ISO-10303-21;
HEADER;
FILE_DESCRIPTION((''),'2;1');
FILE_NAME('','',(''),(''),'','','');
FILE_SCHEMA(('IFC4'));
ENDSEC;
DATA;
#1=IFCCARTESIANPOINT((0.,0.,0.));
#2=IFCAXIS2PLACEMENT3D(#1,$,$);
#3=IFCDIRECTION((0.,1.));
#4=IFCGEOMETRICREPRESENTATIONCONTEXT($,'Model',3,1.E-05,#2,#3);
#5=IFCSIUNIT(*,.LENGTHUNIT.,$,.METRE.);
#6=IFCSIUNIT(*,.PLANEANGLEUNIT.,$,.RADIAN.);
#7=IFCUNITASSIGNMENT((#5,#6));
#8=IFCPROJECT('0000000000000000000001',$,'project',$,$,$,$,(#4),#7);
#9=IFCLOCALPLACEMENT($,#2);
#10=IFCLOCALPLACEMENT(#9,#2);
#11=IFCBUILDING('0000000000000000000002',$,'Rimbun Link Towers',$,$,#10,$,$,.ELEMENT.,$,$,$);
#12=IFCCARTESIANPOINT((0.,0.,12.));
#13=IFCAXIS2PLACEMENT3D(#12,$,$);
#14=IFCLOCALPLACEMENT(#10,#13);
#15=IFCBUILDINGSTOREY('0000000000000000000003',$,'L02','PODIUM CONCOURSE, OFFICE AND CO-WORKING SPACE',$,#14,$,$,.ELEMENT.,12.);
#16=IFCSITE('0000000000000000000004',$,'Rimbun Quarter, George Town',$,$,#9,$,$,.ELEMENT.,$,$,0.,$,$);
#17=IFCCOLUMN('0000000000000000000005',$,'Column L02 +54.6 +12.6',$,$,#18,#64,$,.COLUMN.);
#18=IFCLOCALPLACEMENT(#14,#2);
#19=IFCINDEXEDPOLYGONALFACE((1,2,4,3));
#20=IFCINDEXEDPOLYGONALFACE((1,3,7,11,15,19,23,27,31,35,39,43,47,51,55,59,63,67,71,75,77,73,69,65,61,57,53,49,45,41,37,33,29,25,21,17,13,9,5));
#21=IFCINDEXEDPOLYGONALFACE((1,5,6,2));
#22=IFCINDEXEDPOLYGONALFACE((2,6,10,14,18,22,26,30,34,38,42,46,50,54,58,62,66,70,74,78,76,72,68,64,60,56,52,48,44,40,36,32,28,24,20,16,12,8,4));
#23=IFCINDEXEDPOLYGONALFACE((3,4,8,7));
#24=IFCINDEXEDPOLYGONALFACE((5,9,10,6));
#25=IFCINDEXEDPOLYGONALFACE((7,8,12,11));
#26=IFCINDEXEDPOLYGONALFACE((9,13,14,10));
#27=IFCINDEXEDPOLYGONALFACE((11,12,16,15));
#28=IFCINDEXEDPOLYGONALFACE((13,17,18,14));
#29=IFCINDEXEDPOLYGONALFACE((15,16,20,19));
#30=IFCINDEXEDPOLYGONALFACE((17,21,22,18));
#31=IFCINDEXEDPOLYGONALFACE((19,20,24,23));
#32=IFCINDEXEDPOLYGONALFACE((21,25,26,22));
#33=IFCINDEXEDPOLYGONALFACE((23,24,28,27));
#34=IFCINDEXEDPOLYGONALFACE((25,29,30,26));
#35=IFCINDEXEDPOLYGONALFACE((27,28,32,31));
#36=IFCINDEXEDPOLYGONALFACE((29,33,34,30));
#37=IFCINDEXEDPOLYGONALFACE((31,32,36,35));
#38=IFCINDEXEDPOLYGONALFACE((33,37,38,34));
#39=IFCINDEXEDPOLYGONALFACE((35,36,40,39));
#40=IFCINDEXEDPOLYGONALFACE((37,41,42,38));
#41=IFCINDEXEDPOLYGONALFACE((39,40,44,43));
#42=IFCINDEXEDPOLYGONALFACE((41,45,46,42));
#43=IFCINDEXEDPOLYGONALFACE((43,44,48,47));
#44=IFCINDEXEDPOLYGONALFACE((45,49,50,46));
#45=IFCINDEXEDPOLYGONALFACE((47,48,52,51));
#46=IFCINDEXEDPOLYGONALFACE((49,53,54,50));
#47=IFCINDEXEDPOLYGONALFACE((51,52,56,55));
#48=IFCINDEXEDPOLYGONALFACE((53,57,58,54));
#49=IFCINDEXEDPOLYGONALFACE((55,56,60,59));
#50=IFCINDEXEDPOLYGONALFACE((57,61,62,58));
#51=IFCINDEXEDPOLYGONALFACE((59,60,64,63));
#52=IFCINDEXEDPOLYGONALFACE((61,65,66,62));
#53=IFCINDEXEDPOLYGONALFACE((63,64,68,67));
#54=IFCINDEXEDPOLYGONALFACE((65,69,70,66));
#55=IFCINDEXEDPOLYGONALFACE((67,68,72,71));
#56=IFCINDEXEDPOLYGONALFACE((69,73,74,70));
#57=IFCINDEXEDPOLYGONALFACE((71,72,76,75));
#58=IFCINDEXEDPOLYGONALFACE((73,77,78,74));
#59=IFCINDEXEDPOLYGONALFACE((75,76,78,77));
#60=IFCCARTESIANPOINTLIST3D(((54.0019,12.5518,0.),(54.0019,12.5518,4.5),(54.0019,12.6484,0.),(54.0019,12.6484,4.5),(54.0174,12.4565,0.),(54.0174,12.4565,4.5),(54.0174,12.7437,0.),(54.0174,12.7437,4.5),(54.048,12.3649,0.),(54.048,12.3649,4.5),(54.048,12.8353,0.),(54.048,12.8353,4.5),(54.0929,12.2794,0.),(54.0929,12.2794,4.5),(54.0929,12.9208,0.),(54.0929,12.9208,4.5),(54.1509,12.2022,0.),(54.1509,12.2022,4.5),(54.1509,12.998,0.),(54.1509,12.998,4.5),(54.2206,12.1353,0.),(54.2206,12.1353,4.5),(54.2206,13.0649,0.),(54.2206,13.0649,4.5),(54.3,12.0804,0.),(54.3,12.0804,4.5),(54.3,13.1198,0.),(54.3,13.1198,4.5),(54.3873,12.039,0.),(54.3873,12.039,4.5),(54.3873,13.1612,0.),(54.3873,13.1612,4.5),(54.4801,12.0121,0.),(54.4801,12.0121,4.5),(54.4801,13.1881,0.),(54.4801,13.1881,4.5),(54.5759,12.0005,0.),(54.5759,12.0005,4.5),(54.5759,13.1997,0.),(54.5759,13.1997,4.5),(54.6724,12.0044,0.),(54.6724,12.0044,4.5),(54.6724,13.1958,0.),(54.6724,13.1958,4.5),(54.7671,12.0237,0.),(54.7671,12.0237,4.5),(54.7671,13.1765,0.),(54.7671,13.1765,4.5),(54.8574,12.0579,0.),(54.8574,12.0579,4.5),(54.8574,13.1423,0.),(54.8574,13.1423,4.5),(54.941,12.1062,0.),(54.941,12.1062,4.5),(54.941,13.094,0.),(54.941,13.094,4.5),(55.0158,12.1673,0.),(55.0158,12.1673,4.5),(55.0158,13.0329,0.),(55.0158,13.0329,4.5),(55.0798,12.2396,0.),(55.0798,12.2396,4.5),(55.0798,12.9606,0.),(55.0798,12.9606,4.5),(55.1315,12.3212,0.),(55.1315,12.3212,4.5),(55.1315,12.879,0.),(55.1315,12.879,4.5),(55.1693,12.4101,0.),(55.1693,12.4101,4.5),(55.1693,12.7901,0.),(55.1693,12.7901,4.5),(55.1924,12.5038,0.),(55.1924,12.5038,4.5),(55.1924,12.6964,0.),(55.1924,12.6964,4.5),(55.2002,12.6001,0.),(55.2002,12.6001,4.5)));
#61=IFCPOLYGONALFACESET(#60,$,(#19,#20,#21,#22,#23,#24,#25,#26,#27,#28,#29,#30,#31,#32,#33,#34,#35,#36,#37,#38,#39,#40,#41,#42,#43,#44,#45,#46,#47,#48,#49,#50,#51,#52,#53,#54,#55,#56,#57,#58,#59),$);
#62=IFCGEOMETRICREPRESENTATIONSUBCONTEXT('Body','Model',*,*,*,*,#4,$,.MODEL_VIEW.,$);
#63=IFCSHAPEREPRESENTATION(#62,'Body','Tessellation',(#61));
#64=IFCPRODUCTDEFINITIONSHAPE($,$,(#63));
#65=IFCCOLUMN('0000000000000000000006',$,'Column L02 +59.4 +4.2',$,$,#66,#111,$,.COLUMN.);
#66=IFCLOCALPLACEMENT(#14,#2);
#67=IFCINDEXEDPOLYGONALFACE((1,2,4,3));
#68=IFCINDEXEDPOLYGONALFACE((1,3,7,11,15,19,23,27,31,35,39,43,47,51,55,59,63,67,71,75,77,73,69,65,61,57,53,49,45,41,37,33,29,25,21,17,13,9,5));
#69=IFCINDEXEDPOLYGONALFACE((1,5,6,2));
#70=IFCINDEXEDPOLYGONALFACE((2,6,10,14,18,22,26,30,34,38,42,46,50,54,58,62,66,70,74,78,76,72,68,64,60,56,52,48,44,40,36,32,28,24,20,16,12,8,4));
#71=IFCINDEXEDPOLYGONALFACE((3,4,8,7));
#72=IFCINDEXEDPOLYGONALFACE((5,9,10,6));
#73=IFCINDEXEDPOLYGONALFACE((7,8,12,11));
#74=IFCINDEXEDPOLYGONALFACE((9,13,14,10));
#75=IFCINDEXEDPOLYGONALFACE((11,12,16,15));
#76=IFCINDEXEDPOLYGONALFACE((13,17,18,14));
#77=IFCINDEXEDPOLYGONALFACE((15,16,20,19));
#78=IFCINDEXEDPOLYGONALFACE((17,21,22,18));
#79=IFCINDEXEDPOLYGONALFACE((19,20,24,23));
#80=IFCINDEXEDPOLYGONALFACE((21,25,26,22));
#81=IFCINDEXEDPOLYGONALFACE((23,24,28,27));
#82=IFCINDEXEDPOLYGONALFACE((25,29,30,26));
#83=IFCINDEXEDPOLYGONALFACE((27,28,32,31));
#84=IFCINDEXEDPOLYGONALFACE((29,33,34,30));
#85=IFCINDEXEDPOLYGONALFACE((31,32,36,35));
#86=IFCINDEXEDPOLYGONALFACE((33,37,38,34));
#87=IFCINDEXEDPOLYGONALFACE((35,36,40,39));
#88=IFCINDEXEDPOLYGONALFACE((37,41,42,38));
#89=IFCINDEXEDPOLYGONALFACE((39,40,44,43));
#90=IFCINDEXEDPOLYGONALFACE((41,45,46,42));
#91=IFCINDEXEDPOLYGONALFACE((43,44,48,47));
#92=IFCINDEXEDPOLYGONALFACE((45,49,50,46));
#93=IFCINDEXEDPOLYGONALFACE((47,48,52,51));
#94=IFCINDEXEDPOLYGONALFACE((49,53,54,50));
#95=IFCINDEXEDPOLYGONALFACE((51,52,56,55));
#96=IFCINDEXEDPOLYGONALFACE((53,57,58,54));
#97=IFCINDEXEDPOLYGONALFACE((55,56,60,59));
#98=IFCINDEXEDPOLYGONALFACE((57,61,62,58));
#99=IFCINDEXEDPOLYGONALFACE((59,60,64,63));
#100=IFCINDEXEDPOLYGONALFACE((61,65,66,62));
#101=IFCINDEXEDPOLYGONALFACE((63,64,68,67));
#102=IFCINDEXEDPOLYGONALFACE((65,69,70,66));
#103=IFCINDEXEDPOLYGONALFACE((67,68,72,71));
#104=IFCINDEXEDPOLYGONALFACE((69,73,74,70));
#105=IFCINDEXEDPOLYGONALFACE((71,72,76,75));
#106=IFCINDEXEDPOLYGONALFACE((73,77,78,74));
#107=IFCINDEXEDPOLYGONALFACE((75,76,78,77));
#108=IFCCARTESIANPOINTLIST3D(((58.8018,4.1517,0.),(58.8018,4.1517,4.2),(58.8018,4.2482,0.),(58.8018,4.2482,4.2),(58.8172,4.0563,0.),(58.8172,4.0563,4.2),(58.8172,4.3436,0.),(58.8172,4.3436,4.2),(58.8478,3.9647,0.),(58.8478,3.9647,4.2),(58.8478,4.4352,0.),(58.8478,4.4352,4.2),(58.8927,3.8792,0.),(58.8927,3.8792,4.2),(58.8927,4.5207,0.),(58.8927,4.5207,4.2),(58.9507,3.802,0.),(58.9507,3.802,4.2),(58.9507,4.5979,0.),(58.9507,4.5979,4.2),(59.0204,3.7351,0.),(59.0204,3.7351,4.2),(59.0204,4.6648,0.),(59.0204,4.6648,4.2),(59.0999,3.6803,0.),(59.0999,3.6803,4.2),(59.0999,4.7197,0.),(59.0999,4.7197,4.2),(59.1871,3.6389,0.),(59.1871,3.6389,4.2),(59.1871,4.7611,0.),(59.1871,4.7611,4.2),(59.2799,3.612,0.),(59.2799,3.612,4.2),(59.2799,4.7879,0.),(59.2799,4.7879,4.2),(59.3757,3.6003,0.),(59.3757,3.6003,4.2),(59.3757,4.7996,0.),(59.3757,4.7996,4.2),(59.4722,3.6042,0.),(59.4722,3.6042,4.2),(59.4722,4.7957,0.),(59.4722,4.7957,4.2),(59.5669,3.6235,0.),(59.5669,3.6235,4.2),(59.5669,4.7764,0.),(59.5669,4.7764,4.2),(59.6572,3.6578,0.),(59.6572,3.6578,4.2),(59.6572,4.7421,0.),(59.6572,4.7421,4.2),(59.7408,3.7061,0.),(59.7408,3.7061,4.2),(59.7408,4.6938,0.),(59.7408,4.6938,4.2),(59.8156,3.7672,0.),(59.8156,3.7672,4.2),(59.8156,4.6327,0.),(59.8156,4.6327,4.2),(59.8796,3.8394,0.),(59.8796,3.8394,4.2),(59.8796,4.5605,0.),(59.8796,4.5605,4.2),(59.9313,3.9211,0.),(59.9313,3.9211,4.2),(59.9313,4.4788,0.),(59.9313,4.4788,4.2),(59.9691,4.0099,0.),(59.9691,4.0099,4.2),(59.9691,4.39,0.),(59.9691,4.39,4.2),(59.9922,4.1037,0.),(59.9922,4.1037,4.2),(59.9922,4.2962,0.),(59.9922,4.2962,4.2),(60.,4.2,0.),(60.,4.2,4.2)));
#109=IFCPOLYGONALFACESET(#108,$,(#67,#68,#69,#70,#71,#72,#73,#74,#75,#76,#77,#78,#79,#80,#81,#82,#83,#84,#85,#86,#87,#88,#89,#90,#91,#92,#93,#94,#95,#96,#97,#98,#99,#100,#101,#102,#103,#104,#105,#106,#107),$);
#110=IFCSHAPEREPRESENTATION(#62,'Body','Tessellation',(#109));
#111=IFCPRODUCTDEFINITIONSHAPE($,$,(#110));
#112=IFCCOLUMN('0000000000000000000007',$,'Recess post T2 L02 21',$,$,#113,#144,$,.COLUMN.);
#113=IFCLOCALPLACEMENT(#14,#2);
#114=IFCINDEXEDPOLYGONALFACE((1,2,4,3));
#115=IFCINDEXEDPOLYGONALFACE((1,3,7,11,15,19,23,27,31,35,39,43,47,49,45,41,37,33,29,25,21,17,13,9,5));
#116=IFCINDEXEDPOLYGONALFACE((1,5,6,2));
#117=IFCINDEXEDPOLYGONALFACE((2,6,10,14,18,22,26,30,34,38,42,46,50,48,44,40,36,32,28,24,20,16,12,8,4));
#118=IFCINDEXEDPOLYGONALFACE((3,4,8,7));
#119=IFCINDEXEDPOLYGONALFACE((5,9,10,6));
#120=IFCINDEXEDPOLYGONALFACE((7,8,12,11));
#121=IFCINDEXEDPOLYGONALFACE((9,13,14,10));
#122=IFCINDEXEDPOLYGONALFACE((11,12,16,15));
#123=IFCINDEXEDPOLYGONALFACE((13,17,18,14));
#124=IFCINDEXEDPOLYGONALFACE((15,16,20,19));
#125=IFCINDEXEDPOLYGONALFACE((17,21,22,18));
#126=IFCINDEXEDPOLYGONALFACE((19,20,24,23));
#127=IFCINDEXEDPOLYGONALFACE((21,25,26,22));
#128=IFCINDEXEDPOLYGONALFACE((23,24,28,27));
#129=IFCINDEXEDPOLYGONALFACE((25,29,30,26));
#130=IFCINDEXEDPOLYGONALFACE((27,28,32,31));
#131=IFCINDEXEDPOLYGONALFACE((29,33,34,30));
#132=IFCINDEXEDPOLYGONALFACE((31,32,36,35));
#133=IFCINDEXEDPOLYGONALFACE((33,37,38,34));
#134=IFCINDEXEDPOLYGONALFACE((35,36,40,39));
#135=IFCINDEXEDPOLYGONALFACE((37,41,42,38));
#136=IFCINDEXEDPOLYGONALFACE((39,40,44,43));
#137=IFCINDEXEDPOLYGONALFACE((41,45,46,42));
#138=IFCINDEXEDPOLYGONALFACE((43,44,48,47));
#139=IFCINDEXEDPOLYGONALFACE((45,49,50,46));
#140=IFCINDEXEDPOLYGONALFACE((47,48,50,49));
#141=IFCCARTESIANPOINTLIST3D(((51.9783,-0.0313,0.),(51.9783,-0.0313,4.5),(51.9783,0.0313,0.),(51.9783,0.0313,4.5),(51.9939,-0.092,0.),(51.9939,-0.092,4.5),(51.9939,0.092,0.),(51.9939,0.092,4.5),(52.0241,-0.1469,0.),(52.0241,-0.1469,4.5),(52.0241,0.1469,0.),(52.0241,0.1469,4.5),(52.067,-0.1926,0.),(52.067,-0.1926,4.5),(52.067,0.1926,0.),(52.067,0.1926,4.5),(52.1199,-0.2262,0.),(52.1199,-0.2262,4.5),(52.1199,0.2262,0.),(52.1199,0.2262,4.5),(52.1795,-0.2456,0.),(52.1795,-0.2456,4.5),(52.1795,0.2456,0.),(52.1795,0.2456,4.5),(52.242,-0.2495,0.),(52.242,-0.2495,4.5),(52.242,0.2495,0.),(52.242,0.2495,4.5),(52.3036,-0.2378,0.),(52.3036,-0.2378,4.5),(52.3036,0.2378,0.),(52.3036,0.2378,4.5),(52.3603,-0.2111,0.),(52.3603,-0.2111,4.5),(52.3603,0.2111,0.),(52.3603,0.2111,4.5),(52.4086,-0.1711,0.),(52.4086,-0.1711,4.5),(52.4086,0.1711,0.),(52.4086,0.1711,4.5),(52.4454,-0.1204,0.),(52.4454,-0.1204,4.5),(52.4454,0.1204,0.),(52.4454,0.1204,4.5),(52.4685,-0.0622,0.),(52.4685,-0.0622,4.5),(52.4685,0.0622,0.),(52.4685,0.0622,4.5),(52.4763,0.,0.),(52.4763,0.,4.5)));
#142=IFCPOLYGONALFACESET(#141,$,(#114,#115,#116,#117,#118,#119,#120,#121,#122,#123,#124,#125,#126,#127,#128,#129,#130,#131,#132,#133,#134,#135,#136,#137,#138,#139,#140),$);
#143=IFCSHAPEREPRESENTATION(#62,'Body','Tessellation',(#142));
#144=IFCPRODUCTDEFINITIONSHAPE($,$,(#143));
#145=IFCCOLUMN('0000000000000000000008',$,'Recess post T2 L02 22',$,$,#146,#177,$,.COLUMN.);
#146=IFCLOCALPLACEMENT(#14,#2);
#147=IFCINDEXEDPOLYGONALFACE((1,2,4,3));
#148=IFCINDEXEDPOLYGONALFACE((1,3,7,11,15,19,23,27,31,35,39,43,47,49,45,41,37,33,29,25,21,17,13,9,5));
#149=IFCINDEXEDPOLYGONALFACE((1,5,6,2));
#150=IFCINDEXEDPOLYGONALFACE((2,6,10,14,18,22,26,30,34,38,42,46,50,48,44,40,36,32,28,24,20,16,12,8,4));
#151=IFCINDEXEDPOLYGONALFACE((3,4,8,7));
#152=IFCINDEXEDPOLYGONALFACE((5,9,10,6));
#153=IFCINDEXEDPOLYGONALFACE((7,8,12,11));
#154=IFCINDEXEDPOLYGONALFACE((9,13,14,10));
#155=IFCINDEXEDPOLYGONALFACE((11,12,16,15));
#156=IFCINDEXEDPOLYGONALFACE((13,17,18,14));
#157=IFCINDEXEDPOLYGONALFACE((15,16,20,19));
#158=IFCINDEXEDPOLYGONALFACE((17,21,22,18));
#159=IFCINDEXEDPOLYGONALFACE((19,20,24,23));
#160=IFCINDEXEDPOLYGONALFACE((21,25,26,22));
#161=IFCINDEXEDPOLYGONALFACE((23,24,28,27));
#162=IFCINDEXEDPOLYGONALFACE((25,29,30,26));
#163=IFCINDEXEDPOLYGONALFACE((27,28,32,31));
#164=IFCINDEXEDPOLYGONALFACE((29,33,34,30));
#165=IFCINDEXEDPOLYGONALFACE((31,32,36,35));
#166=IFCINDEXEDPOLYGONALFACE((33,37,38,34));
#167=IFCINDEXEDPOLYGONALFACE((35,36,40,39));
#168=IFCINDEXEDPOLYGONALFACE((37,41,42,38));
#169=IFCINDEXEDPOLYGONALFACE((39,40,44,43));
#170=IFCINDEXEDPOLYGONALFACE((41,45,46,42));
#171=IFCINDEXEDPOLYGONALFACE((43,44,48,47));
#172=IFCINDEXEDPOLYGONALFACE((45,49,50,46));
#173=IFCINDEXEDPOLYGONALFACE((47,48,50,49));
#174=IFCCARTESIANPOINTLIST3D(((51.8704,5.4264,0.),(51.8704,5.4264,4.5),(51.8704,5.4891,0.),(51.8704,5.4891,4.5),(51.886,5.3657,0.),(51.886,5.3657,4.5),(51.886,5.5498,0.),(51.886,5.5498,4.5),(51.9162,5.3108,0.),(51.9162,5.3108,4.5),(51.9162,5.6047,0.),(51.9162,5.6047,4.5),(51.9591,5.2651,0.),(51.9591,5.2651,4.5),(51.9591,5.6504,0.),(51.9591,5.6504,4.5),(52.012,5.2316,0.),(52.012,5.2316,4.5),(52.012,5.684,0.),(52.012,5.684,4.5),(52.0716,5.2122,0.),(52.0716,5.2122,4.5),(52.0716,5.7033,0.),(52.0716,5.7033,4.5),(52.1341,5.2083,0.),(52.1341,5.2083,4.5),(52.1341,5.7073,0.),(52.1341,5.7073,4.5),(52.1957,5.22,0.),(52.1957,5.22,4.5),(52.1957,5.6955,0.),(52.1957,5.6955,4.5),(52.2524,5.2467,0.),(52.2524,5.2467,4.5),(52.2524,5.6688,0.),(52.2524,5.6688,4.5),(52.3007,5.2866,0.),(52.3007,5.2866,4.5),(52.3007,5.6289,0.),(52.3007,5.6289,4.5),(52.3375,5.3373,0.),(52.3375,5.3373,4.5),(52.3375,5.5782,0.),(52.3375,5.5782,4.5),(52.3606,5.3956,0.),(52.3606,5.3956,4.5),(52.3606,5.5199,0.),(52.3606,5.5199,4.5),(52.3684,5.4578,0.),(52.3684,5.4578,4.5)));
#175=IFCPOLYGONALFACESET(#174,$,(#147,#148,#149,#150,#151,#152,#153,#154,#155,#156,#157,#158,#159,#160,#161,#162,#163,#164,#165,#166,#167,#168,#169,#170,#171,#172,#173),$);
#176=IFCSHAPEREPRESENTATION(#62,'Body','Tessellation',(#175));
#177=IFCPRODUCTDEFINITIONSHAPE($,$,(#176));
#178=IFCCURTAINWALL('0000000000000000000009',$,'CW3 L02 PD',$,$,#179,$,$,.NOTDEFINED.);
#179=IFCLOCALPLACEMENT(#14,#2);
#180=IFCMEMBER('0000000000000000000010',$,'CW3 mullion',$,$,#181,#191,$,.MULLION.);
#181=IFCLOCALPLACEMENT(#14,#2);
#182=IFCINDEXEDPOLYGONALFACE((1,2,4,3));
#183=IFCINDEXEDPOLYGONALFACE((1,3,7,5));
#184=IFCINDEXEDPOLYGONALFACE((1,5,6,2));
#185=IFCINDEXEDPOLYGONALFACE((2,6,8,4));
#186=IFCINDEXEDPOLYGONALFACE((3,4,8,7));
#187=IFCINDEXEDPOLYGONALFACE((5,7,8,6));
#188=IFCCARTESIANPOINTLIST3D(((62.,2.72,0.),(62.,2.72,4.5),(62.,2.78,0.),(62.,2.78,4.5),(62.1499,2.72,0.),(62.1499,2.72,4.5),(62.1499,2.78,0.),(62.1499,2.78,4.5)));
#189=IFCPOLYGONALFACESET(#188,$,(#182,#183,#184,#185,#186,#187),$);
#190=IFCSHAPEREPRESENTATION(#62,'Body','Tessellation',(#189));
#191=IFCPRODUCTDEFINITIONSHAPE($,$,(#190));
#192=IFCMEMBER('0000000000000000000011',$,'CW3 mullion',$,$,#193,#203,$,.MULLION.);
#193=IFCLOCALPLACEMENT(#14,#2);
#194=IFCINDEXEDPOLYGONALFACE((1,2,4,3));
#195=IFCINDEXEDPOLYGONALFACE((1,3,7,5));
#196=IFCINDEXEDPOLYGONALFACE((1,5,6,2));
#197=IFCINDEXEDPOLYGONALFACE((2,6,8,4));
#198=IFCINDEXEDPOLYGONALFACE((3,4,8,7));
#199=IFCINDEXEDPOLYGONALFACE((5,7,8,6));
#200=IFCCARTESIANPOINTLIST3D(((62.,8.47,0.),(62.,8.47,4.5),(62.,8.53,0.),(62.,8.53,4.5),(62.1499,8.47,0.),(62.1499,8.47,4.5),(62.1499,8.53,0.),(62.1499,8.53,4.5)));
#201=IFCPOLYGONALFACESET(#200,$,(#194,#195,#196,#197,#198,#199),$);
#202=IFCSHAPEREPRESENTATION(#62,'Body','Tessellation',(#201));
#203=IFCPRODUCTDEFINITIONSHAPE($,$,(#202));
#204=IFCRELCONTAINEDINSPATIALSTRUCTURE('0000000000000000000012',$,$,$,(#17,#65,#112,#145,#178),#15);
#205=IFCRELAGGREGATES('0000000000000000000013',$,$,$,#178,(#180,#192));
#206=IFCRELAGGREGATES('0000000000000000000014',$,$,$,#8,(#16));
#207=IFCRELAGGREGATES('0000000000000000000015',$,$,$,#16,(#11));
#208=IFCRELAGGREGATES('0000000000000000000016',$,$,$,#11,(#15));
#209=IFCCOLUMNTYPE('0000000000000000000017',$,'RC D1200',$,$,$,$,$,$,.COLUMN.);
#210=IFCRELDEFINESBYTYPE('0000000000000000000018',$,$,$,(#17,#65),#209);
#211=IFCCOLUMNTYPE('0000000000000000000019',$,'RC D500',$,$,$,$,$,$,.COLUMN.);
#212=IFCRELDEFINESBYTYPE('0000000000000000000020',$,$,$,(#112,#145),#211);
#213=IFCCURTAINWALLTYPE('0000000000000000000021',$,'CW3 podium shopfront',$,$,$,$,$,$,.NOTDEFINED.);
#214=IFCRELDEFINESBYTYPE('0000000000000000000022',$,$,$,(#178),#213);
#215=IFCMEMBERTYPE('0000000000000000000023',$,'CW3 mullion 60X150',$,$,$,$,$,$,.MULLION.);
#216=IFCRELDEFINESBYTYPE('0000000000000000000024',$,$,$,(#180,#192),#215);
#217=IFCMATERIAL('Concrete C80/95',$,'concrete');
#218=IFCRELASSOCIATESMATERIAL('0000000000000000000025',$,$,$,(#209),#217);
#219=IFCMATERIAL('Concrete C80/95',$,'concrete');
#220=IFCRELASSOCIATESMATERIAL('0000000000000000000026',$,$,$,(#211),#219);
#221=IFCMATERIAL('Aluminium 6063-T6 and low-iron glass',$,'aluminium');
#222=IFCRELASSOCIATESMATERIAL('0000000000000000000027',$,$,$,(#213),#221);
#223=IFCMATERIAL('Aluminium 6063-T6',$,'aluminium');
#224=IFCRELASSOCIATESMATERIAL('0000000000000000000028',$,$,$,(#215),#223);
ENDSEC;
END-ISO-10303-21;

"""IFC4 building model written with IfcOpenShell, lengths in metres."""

from ifc_helpers import new_model, si_unit, direction, frame, origin, origin_2d, place, context, subcontext, project, spatial, rectangle, circle, extrude, material, material_profile, profile_set, type_object, element, aggregate, save


model = new_model("IFC4")

# Units and contexts
model_context = context("Model", 3, precision=1e-05, world=origin(), true_north=direction((0.0, 1.0)))
body_context = subcontext(model_context, "Body", "Model", "MODEL_VIEW")
ifc_project = project(units=[si_unit("LENGTHUNIT", "METRE"), si_unit("PLANEANGLEUNIT", "RADIAN")], contexts=[model_context])

# Site, building, storey
site_placement = place(None, origin())
site = spatial("IfcSite", under=ifc_project, at=site_placement, Name="Rimbun Quarter, George Town", CompositionType="ELEMENT", RefElevation=0.0)
building_placement = place(site_placement, origin())
building = spatial("IfcBuilding", under=site, at=building_placement, Name="Rimbun Link Towers", CompositionType="ELEMENT")
storey_placement = place(building_placement, frame((0.0, 0.0, 12.0)))
storey = spatial("IfcBuildingStorey", under=building, at=storey_placement, Name="L02", Description="PODIUM CONCOURSE, OFFICE AND CO-WORKING SPACE", CompositionType="ELEMENT", Elevation=12.0)

# Columns
ifc_material_1 = material(Name="Concrete C80/95", Category="concrete")
ifc_material_profile_1 = material_profile(ifc_material_1, circle(Radius=0.6001, at=origin_2d()), Name="RC D1200")
ifc_profile_set_1 = profile_set([ifc_material_profile_1], Name="Concrete C80/95")
column_type_1 = type_object("IfcColumnType", Name="RC D1200", PredefinedType="COLUMN", material=ifc_profile_set_1)
column_1_placement = place(storey_placement, frame((54.6001, 12.6001, 0.0), z_axis=(0.0, 0.0, 1.0), x_axis=(1.0, 0.0, 0.0)))
element("IfcColumn", 1, at=column_1_placement, inside=storey, type_object=column_type_1, Name="Column L02 +54.6 +12.6", PredefinedType="COLUMN", context=body_context, shape_type="SweptSolid", body=[
    extrude(circle(Radius=0.6001, at=origin_2d()), origin(), (0.0, 0.0, 1.0), 4.5),
])
column_2_placement = place(storey_placement, frame((59.3999, 4.2, 0.0), z_axis=(0.0, 0.0, 1.0), x_axis=(1.0, 0.0, 0.0)))
element("IfcColumn", 2, at=column_2_placement, inside=storey, type_object=column_type_1, Name="Column L02 +59.4 +4.2", PredefinedType="COLUMN", context=body_context, shape_type="SweptSolid", body=[
    extrude(circle(Radius=0.6001, at=origin_2d()), origin(), (0.0, 0.0, 1.0), 4.2),
])
ifc_material_2 = material(Name="Concrete C80/95", Category="concrete")
ifc_material_profile_2 = material_profile(ifc_material_2, circle(Radius=0.25, at=origin_2d()), Name="RC D500")
ifc_profile_set_2 = profile_set([ifc_material_profile_2], Name="Concrete C80/95")
column_type_2 = type_object("IfcColumnType", Name="RC D500", PredefinedType="COLUMN", material=ifc_profile_set_2)
for number, where, z_axis, x_axis, name in (
    (3, (52.2263, 0.0, 0.0), (0.0, 0.0, 1.0), (1.0, 0.0, 0.0), "Recess post T2 L02 21"),
    (4, (52.1184, 5.4578, 0.0), (0.0, 0.0, 1.0), (1.0, 0.0, 0.0), "Recess post T2 L02 22"),
):
    element("IfcColumn", number, at=place(storey_placement, frame(where, z_axis=z_axis, x_axis=x_axis)), inside=storey, type_object=column_type_2, Name=name, PredefinedType="COLUMN", context=body_context, shape_type="SweptSolid", body=[
        extrude(circle(Radius=0.25, at=origin_2d()), origin(), (0.0, 0.0, 1.0), 4.5),
    ])

# Curtain wall, members
ifc_material_3 = material(Name="Aluminium 6063-T6 and low-iron glass", Category="aluminium")
curtain_wall_type = type_object("IfcCurtainWallType", Name="CW3 podium shopfront", PredefinedType="NOTDEFINED", material=ifc_material_3)
curtain_wall_placement = place(storey_placement, origin())
curtain_wall = element("IfcCurtainWall", 5, at=curtain_wall_placement, inside=storey, type_object=curtain_wall_type, Name="CW3 L02 PD", PredefinedType="NOTDEFINED")
ifc_material_4 = material(Name="Aluminium 6063-T6", Category="aluminium")
ifc_material_profile_3 = material_profile(ifc_material_4, rectangle(XDim=0.1499, YDim=0.0601, at=origin_2d()), Name="MULLION 60X150")
ifc_profile_set_3 = profile_set([ifc_material_profile_3], Name="Aluminium 6063-T6")
member_type_1 = type_object("IfcMemberType", Name="CW3 mullion 60X150", PredefinedType="MULLION", material=ifc_profile_set_3)
member_1_placement = place(storey_placement, frame((62.075, 2.75, 0.0), z_axis=(0.0, 0.0, 1.0), x_axis=(1.0, 0.0, 0.0)))
member_1 = element("IfcMember", 6, at=member_1_placement, type_object=member_type_1, Name="CW3 mullion", PredefinedType="MULLION", context=body_context, shape_type="SweptSolid", body=[
    extrude(rectangle(XDim=0.1499, YDim=0.0601, at=origin_2d()), origin(), (0.0, 0.0, 1.0), 4.5),
])
member_2_placement = place(storey_placement, frame((62.075, 8.5, 0.0), z_axis=(0.0, 0.0, 1.0), x_axis=(1.0, 0.0, 0.0)))
member_2 = element("IfcMember", 7, at=member_2_placement, type_object=member_type_1, Name="CW3 mullion", PredefinedType="MULLION", context=body_context, shape_type="SweptSolid", body=[
    extrude(rectangle(XDim=0.1499, YDim=0.0601, at=origin_2d()), origin(), (0.0, 0.0, 1.0), 4.5),
])

aggregate(curtain_wall, [member_1, member_2])

save(model, "model.ifc")
